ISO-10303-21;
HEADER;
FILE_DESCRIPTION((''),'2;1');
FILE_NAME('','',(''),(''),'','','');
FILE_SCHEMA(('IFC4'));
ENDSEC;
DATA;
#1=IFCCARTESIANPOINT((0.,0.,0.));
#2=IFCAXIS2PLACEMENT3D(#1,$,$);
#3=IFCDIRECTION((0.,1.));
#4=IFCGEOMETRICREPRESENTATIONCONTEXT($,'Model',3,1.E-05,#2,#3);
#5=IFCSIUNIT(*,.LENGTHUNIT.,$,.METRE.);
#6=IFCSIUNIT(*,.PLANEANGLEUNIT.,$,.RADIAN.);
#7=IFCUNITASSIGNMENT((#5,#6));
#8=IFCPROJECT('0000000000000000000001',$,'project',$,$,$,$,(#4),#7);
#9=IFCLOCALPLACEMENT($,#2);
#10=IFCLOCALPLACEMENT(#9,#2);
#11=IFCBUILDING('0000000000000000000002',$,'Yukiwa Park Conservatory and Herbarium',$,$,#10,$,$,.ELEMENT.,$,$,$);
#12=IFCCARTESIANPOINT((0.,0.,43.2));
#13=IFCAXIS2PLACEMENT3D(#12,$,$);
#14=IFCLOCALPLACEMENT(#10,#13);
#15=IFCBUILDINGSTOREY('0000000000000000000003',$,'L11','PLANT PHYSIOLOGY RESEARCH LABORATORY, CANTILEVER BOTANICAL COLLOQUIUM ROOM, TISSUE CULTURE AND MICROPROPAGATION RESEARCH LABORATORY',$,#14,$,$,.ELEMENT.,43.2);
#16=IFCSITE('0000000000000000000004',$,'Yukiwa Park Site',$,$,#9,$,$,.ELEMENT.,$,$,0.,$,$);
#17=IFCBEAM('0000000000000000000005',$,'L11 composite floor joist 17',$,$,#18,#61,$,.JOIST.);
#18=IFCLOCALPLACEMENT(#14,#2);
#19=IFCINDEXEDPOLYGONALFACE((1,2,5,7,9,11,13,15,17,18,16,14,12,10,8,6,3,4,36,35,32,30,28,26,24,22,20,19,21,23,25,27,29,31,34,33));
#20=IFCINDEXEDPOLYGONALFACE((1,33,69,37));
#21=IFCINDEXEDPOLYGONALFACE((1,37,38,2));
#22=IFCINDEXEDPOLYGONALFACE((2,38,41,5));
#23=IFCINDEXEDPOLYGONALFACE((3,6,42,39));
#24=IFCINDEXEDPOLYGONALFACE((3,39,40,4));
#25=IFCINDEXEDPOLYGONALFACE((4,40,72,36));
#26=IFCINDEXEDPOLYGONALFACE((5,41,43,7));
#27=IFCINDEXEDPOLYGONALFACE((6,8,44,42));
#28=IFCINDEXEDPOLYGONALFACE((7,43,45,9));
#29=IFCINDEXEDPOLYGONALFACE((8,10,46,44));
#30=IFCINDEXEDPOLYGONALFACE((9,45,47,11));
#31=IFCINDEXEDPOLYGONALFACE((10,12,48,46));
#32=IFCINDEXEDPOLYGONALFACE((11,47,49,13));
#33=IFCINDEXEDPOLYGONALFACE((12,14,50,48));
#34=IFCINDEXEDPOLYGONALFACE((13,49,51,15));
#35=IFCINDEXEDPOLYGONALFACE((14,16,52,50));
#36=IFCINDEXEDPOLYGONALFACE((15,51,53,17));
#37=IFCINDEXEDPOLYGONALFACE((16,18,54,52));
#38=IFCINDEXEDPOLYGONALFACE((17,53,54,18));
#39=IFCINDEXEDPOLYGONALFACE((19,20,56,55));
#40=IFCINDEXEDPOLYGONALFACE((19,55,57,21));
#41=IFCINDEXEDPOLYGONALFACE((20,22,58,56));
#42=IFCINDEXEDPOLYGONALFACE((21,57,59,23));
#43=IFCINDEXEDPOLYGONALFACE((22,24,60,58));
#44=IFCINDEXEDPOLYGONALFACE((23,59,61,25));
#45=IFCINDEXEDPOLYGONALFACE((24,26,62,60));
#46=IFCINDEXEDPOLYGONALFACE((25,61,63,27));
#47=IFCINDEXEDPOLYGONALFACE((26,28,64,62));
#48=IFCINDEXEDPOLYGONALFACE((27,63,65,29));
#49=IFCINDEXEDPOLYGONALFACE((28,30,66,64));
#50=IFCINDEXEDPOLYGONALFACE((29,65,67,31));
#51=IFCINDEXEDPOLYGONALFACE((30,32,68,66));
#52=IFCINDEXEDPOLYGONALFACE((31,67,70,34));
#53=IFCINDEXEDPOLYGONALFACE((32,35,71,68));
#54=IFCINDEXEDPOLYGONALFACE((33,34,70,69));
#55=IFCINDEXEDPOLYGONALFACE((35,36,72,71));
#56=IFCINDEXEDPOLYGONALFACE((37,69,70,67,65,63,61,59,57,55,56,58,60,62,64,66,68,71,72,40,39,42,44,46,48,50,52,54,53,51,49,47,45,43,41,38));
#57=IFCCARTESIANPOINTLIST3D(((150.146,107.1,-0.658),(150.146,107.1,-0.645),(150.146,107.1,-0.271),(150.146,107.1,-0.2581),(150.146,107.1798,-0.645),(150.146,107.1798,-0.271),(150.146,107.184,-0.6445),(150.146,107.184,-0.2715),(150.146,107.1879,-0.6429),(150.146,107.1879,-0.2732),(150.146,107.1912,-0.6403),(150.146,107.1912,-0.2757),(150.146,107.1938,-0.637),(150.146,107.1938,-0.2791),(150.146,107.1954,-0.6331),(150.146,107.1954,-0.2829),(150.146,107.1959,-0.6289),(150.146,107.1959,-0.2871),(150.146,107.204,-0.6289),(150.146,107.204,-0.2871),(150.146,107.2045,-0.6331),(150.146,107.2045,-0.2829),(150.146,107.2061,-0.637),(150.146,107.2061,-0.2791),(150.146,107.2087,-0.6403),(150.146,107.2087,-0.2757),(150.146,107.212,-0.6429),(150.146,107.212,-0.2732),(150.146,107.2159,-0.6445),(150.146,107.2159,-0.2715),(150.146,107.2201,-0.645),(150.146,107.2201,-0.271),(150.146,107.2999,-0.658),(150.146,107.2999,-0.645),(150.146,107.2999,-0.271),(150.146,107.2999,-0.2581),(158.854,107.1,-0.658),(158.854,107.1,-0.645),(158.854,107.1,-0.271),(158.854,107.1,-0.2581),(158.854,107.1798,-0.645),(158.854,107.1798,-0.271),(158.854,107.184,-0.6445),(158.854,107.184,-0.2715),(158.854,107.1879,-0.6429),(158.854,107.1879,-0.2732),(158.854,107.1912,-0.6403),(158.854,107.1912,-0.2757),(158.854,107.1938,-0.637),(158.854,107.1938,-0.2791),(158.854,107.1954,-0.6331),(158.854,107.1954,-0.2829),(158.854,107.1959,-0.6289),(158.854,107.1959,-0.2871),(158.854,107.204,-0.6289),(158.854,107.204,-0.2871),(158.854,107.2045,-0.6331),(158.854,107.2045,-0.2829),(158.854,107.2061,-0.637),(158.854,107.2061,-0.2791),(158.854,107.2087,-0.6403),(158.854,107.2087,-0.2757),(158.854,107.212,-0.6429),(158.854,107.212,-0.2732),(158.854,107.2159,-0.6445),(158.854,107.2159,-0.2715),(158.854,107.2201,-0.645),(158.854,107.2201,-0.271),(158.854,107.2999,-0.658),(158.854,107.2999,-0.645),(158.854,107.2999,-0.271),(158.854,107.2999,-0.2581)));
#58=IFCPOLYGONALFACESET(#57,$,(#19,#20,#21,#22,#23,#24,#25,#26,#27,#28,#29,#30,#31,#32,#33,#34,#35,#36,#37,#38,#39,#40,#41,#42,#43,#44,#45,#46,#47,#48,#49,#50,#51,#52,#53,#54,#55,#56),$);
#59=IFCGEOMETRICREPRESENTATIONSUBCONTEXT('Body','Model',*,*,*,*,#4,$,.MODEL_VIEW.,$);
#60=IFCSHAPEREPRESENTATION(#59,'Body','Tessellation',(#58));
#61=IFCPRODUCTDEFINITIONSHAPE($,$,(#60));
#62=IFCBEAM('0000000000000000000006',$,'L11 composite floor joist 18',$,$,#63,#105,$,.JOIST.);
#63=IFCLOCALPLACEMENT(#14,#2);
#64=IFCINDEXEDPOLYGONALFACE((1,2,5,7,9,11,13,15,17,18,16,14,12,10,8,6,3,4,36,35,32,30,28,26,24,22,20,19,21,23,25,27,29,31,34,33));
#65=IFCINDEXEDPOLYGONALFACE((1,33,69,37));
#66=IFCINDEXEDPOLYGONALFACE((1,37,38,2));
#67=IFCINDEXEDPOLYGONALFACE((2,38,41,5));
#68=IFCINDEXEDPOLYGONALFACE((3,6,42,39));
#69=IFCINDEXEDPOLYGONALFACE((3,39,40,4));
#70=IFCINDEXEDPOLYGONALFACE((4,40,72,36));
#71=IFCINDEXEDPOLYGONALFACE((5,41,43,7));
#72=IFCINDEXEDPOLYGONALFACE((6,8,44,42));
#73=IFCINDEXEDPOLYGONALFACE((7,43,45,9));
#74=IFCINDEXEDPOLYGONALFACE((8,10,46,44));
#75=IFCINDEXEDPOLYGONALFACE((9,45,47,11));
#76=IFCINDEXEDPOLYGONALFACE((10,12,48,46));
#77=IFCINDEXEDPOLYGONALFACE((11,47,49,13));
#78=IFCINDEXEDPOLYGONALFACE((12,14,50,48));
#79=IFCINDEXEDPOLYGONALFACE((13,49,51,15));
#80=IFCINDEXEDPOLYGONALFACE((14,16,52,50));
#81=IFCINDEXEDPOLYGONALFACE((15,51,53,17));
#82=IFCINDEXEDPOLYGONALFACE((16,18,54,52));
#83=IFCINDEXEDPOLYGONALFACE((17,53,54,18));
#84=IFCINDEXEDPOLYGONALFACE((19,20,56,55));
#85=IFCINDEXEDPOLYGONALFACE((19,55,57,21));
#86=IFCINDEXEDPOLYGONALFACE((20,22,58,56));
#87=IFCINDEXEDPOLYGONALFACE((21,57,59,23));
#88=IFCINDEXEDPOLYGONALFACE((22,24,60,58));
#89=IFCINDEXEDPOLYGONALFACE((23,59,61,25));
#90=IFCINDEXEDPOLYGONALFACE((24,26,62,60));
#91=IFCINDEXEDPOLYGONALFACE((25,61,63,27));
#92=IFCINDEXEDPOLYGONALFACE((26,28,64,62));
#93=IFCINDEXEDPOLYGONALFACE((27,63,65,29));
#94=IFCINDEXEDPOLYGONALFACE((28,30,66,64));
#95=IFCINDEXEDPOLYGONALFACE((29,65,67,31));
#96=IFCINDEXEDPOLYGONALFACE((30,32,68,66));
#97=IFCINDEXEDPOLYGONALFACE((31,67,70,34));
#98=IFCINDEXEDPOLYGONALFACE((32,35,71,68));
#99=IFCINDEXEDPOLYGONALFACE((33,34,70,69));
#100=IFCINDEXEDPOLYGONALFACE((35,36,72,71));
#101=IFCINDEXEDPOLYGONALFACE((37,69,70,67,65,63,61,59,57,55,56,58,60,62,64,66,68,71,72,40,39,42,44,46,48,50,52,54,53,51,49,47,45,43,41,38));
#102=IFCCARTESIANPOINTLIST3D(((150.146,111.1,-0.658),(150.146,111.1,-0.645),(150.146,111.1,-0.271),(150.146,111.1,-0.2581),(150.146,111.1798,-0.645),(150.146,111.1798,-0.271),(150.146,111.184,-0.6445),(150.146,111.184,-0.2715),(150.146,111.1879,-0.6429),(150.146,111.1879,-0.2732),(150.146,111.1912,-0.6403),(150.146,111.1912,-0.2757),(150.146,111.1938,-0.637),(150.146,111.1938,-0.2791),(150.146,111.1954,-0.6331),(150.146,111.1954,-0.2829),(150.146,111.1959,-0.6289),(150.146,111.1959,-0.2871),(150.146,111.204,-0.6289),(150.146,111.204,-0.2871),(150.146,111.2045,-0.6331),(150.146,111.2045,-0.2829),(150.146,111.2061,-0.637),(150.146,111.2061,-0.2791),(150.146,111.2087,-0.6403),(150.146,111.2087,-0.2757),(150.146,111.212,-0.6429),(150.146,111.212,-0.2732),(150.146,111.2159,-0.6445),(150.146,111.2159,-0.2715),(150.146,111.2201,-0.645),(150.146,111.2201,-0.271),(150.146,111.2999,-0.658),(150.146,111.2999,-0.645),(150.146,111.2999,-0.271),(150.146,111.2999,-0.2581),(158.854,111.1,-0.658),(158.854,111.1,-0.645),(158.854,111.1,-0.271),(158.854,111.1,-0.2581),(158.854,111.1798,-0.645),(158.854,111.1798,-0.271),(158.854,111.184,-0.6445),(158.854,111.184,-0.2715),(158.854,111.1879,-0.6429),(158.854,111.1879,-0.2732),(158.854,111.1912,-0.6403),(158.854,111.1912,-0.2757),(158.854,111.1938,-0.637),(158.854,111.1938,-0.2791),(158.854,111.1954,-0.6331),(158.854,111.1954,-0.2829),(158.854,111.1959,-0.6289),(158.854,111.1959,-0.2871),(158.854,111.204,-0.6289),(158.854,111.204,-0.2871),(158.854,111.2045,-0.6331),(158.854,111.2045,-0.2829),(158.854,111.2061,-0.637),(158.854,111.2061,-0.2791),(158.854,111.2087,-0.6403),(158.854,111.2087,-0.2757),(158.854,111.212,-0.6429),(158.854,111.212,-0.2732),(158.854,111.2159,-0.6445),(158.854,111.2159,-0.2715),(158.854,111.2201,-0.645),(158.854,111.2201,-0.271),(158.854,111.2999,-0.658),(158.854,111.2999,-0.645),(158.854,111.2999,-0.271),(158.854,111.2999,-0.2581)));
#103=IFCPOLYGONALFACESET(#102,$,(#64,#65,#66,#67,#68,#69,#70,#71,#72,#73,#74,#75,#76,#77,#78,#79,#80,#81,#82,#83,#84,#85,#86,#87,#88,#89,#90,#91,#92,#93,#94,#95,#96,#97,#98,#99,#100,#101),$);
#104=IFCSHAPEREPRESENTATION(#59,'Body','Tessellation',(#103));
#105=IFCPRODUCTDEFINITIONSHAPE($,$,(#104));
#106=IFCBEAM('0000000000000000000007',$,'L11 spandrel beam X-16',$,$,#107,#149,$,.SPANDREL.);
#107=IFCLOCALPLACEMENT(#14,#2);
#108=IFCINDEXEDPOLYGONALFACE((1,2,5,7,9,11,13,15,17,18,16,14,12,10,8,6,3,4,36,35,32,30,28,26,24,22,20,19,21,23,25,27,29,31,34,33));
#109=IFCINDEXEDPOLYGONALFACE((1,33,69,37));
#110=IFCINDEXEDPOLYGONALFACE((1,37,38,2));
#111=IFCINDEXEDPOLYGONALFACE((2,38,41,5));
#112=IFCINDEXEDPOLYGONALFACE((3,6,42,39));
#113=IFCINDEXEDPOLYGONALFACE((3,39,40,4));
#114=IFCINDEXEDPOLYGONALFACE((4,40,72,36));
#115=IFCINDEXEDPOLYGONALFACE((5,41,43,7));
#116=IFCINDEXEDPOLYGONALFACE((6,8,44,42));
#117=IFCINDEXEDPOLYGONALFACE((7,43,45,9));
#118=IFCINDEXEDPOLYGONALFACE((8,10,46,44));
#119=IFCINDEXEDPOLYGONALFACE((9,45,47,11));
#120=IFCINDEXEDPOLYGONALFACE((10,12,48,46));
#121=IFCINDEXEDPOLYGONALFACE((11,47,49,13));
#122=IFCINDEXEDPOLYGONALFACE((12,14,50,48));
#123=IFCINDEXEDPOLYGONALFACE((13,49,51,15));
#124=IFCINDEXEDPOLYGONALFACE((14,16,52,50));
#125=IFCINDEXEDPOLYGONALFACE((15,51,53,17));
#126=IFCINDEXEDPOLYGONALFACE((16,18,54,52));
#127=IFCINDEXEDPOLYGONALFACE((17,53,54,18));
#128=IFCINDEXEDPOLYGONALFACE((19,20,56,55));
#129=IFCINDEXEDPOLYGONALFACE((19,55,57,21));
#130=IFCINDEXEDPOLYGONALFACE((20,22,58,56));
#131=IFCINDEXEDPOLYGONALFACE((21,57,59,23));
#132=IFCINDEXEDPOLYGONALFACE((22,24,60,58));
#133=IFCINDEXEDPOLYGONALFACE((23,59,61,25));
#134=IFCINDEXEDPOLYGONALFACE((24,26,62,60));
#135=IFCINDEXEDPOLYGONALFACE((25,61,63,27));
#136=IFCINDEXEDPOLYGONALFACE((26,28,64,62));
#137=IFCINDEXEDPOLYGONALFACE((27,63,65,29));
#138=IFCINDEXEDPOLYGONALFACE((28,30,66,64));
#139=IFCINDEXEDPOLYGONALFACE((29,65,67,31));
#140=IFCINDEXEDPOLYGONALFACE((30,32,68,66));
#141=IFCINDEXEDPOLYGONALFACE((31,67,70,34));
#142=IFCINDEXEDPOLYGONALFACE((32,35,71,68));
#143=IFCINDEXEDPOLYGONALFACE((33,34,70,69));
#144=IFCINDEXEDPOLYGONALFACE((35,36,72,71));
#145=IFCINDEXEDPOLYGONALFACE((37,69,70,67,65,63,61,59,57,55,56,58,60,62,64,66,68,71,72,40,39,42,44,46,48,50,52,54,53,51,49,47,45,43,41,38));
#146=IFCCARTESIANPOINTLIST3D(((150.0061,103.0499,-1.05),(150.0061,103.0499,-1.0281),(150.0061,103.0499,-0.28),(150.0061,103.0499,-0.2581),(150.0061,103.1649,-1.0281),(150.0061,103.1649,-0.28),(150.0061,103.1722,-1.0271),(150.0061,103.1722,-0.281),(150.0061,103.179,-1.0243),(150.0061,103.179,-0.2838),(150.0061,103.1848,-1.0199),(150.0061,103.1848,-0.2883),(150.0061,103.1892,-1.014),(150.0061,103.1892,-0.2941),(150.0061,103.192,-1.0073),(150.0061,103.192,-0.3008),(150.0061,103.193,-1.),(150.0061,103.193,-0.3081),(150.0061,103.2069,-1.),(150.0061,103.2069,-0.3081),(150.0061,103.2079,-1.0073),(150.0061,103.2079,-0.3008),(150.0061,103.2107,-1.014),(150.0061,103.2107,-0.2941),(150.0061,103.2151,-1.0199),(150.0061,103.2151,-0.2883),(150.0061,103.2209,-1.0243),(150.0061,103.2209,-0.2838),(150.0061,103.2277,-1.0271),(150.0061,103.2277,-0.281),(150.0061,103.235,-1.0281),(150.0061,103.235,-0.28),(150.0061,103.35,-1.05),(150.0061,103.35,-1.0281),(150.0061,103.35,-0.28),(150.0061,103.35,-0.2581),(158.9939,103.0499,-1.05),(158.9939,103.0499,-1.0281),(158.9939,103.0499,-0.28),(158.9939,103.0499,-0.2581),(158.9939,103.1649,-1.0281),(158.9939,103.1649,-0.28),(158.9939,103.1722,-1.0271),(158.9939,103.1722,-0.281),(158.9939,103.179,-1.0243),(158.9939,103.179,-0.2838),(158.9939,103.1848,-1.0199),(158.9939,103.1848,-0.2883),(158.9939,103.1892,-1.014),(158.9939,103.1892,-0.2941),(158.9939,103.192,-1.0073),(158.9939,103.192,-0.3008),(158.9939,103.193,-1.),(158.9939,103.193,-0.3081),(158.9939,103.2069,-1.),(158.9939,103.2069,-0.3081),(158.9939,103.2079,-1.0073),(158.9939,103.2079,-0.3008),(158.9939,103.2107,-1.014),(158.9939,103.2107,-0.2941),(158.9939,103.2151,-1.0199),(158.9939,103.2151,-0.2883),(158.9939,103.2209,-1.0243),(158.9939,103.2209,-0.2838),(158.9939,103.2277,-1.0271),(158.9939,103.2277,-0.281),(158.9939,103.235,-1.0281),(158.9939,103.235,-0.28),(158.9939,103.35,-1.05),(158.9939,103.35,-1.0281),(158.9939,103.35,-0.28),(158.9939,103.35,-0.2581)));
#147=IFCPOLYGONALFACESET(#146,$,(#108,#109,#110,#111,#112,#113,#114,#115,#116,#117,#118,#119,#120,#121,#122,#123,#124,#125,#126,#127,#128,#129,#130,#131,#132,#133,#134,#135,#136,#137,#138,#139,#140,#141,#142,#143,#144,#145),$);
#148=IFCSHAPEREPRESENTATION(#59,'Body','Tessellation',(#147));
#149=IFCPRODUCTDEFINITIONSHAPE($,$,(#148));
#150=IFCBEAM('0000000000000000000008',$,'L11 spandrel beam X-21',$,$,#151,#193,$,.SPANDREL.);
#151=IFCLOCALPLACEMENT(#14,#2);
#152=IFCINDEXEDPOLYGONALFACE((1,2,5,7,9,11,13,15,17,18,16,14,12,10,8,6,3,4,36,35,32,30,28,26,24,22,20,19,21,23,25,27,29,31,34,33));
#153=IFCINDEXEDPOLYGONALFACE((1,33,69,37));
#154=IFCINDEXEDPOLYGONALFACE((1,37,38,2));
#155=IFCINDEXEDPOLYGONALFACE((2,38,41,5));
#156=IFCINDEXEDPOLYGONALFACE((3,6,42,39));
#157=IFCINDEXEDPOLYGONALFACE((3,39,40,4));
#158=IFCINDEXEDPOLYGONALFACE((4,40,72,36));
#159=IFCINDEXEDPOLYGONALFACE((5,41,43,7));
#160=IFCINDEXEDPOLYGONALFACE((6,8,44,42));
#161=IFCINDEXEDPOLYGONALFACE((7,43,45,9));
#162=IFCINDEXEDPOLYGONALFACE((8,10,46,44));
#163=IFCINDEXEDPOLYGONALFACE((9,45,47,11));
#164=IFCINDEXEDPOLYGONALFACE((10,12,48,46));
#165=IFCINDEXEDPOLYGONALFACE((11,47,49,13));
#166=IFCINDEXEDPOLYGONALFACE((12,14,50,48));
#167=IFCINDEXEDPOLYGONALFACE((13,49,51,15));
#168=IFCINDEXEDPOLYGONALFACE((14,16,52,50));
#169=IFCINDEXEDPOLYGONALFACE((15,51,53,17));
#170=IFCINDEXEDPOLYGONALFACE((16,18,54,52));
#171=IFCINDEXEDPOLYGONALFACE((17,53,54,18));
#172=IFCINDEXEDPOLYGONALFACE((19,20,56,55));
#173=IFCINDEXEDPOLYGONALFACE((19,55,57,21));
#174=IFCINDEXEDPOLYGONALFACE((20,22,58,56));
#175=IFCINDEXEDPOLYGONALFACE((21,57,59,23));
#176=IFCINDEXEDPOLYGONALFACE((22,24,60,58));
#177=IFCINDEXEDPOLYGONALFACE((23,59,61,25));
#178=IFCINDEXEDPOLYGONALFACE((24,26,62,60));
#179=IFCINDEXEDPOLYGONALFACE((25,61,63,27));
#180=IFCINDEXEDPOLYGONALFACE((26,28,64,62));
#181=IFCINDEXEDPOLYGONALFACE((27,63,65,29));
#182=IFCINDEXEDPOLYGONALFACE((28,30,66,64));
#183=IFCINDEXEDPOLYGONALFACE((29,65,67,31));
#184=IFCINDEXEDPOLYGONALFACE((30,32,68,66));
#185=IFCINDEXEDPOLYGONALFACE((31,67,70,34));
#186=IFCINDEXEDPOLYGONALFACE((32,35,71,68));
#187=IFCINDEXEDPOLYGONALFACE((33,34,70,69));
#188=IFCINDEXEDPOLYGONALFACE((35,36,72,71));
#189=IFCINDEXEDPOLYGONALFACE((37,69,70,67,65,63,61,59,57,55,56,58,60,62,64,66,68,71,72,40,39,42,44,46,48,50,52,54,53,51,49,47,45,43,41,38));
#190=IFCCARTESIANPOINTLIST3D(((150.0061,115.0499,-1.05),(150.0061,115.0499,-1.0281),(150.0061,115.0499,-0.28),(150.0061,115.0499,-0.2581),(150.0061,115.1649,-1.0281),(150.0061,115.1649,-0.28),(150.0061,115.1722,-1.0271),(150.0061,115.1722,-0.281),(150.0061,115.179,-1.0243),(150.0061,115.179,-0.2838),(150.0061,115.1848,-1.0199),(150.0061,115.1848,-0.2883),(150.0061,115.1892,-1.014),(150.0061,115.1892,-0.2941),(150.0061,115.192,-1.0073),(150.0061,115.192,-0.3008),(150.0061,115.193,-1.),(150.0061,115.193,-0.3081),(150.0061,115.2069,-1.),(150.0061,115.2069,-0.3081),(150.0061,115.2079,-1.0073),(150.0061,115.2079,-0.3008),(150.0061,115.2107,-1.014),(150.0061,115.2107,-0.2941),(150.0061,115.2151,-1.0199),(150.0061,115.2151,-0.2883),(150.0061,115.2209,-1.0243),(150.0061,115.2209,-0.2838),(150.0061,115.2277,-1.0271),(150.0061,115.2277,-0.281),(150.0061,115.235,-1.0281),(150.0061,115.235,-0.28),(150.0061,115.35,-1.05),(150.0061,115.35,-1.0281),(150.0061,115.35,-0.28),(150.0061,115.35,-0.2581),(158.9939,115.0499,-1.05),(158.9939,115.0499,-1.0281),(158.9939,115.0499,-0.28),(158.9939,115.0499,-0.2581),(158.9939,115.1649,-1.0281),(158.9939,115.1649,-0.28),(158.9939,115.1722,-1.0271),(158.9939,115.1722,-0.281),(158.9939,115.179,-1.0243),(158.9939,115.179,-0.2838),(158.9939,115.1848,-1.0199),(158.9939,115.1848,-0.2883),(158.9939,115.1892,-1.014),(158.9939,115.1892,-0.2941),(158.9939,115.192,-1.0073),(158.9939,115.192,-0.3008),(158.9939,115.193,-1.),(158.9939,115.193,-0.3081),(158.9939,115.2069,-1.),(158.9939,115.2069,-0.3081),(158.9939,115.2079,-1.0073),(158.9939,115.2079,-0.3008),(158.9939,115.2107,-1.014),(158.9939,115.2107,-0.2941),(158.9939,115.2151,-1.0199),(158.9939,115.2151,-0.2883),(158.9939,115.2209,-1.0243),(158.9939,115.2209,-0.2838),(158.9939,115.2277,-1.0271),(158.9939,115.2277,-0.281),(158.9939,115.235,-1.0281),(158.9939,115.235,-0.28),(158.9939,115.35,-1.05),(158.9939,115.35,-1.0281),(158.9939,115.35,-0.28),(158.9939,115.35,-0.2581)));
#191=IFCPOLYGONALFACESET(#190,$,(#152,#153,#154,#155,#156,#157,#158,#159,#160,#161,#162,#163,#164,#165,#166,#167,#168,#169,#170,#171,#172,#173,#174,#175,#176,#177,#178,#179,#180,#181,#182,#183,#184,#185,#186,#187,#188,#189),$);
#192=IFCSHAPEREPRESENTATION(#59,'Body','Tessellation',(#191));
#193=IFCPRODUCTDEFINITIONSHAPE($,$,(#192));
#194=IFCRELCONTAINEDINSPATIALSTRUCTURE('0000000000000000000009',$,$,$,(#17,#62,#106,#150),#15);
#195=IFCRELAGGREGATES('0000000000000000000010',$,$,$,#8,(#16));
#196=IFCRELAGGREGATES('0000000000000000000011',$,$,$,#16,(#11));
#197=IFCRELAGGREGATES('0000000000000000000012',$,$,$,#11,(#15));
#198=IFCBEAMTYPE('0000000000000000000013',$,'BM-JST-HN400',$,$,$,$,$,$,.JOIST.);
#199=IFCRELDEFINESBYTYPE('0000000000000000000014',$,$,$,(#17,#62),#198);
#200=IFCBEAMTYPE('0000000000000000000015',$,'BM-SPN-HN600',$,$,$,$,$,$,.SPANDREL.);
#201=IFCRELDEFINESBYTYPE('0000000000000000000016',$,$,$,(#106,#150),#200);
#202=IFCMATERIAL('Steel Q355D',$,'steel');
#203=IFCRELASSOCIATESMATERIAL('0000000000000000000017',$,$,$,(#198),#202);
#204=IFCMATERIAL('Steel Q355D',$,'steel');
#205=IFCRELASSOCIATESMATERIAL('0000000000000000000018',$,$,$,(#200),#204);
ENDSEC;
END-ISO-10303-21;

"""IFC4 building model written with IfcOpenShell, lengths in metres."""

from ifc_helpers import new_model, si_unit, direction, frame, origin, origin_2d, place, context, subcontext, project, spatial, i_section, extrude, material, material_profile, profile_set, type_object, element, save


model = new_model("IFC4")

# Units and contexts
model_context = context("Model", 3, precision=1e-05, world=origin(), true_north=direction((0.0, 1.0)))
body_context = subcontext(model_context, "Body", "Model", "MODEL_VIEW")
ifc_project = project(units=[si_unit("LENGTHUNIT", "METRE"), si_unit("PLANEANGLEUNIT", "RADIAN")], contexts=[model_context])

# Site, building, storey
site_placement = place(None, origin())
site = spatial("IfcSite", under=ifc_project, at=site_placement, Name="Yukiwa Park Site", CompositionType="ELEMENT", RefElevation=0.0)
building_placement = place(site_placement, origin())
building = spatial("IfcBuilding", under=site, at=building_placement, Name="Yukiwa Park Conservatory and Herbarium", CompositionType="ELEMENT")
storey_placement = place(building_placement, frame((0.0, 0.0, 43.2)))
storey = spatial("IfcBuildingStorey", under=building, at=storey_placement, Name="L11", Description="PLANT PHYSIOLOGY RESEARCH LABORATORY, CANTILEVER BOTANICAL COLLOQUIUM ROOM, TISSUE CULTURE AND MICROPROPAGATION RESEARCH LABORATORY", CompositionType="ELEMENT", Elevation=43.2)

# Beams
ifc_material_1 = material(Name="Steel Q355D", Category="steel")
ifc_material_profile_1 = material_profile(ifc_material_1, i_section(OverallWidth=0.2, OverallDepth=0.3999, WebThickness=0.0081, FlangeThickness=0.0129, FilletRadius=0.0161, at=origin_2d()), Name="HN 400x200x8x13")
ifc_profile_set_1 = profile_set([ifc_material_profile_1], Name="Steel Q355D")
beam_type_1 = type_object("IfcBeamType", Name="BM-JST-HN400", PredefinedType="JOIST", material=ifc_profile_set_1)
for number, where, z_axis, x_axis, name in (
    (1, (150.146, 107.2, -0.458), (1.0, 0.0, 0.0), (0.0, 1.0, 0.0), "L11 composite floor joist 17"),
    (2, (150.146, 111.2, -0.458), (1.0, 0.0, 0.0), (0.0, 1.0, 0.0), "L11 composite floor joist 18"),
):
    element("IfcBeam", number, at=place(storey_placement, frame(where, z_axis=z_axis, x_axis=x_axis)), inside=storey, type_object=beam_type_1, Name=name, PredefinedType="JOIST", context=body_context, shape_type="SweptSolid", body=[
        extrude(i_section(OverallWidth=0.2, OverallDepth=0.3999, WebThickness=0.0081, FlangeThickness=0.0129, FilletRadius=0.0161, at=origin_2d()), origin(), (0.0, 0.0, 1.0), 8.708),
    ])
ifc_material_2 = material(Name="Steel Q355D", Category="steel")
ifc_material_profile_2 = material_profile(ifc_material_2, i_section(OverallWidth=0.3, OverallDepth=0.792, WebThickness=0.0139, FlangeThickness=0.022, FilletRadius=0.0281, at=origin_2d()), Name="HN 792x300x14x22")
ifc_profile_set_2 = profile_set([ifc_material_profile_2], Name="Steel Q355D")
beam_type_2 = type_object("IfcBeamType", Name="BM-SPN-HN600", PredefinedType="SPANDREL", material=ifc_profile_set_2)
for number, where, z_axis, x_axis, name in (
    (3, (150.0061, 103.2, -0.6541), (1.0, 0.0, 0.0), (0.0, 1.0, 0.0), "L11 spandrel beam X-16"),
    (4, (150.0061, 115.2, -0.6541), (1.0, 0.0, 0.0), (0.0, 1.0, 0.0), "L11 spandrel beam X-21"),
):
    element("IfcBeam", number, at=place(storey_placement, frame(where, z_axis=z_axis, x_axis=x_axis)), inside=storey, type_object=beam_type_2, Name=name, PredefinedType="SPANDREL", context=body_context, shape_type="SweptSolid", body=[
        extrude(i_section(OverallWidth=0.3, OverallDepth=0.792, WebThickness=0.0139, FlangeThickness=0.022, FilletRadius=0.0281, at=origin_2d()), origin(), (0.0, 0.0, 1.0), 8.9878),
    ])

save(model, "model.ifc")
